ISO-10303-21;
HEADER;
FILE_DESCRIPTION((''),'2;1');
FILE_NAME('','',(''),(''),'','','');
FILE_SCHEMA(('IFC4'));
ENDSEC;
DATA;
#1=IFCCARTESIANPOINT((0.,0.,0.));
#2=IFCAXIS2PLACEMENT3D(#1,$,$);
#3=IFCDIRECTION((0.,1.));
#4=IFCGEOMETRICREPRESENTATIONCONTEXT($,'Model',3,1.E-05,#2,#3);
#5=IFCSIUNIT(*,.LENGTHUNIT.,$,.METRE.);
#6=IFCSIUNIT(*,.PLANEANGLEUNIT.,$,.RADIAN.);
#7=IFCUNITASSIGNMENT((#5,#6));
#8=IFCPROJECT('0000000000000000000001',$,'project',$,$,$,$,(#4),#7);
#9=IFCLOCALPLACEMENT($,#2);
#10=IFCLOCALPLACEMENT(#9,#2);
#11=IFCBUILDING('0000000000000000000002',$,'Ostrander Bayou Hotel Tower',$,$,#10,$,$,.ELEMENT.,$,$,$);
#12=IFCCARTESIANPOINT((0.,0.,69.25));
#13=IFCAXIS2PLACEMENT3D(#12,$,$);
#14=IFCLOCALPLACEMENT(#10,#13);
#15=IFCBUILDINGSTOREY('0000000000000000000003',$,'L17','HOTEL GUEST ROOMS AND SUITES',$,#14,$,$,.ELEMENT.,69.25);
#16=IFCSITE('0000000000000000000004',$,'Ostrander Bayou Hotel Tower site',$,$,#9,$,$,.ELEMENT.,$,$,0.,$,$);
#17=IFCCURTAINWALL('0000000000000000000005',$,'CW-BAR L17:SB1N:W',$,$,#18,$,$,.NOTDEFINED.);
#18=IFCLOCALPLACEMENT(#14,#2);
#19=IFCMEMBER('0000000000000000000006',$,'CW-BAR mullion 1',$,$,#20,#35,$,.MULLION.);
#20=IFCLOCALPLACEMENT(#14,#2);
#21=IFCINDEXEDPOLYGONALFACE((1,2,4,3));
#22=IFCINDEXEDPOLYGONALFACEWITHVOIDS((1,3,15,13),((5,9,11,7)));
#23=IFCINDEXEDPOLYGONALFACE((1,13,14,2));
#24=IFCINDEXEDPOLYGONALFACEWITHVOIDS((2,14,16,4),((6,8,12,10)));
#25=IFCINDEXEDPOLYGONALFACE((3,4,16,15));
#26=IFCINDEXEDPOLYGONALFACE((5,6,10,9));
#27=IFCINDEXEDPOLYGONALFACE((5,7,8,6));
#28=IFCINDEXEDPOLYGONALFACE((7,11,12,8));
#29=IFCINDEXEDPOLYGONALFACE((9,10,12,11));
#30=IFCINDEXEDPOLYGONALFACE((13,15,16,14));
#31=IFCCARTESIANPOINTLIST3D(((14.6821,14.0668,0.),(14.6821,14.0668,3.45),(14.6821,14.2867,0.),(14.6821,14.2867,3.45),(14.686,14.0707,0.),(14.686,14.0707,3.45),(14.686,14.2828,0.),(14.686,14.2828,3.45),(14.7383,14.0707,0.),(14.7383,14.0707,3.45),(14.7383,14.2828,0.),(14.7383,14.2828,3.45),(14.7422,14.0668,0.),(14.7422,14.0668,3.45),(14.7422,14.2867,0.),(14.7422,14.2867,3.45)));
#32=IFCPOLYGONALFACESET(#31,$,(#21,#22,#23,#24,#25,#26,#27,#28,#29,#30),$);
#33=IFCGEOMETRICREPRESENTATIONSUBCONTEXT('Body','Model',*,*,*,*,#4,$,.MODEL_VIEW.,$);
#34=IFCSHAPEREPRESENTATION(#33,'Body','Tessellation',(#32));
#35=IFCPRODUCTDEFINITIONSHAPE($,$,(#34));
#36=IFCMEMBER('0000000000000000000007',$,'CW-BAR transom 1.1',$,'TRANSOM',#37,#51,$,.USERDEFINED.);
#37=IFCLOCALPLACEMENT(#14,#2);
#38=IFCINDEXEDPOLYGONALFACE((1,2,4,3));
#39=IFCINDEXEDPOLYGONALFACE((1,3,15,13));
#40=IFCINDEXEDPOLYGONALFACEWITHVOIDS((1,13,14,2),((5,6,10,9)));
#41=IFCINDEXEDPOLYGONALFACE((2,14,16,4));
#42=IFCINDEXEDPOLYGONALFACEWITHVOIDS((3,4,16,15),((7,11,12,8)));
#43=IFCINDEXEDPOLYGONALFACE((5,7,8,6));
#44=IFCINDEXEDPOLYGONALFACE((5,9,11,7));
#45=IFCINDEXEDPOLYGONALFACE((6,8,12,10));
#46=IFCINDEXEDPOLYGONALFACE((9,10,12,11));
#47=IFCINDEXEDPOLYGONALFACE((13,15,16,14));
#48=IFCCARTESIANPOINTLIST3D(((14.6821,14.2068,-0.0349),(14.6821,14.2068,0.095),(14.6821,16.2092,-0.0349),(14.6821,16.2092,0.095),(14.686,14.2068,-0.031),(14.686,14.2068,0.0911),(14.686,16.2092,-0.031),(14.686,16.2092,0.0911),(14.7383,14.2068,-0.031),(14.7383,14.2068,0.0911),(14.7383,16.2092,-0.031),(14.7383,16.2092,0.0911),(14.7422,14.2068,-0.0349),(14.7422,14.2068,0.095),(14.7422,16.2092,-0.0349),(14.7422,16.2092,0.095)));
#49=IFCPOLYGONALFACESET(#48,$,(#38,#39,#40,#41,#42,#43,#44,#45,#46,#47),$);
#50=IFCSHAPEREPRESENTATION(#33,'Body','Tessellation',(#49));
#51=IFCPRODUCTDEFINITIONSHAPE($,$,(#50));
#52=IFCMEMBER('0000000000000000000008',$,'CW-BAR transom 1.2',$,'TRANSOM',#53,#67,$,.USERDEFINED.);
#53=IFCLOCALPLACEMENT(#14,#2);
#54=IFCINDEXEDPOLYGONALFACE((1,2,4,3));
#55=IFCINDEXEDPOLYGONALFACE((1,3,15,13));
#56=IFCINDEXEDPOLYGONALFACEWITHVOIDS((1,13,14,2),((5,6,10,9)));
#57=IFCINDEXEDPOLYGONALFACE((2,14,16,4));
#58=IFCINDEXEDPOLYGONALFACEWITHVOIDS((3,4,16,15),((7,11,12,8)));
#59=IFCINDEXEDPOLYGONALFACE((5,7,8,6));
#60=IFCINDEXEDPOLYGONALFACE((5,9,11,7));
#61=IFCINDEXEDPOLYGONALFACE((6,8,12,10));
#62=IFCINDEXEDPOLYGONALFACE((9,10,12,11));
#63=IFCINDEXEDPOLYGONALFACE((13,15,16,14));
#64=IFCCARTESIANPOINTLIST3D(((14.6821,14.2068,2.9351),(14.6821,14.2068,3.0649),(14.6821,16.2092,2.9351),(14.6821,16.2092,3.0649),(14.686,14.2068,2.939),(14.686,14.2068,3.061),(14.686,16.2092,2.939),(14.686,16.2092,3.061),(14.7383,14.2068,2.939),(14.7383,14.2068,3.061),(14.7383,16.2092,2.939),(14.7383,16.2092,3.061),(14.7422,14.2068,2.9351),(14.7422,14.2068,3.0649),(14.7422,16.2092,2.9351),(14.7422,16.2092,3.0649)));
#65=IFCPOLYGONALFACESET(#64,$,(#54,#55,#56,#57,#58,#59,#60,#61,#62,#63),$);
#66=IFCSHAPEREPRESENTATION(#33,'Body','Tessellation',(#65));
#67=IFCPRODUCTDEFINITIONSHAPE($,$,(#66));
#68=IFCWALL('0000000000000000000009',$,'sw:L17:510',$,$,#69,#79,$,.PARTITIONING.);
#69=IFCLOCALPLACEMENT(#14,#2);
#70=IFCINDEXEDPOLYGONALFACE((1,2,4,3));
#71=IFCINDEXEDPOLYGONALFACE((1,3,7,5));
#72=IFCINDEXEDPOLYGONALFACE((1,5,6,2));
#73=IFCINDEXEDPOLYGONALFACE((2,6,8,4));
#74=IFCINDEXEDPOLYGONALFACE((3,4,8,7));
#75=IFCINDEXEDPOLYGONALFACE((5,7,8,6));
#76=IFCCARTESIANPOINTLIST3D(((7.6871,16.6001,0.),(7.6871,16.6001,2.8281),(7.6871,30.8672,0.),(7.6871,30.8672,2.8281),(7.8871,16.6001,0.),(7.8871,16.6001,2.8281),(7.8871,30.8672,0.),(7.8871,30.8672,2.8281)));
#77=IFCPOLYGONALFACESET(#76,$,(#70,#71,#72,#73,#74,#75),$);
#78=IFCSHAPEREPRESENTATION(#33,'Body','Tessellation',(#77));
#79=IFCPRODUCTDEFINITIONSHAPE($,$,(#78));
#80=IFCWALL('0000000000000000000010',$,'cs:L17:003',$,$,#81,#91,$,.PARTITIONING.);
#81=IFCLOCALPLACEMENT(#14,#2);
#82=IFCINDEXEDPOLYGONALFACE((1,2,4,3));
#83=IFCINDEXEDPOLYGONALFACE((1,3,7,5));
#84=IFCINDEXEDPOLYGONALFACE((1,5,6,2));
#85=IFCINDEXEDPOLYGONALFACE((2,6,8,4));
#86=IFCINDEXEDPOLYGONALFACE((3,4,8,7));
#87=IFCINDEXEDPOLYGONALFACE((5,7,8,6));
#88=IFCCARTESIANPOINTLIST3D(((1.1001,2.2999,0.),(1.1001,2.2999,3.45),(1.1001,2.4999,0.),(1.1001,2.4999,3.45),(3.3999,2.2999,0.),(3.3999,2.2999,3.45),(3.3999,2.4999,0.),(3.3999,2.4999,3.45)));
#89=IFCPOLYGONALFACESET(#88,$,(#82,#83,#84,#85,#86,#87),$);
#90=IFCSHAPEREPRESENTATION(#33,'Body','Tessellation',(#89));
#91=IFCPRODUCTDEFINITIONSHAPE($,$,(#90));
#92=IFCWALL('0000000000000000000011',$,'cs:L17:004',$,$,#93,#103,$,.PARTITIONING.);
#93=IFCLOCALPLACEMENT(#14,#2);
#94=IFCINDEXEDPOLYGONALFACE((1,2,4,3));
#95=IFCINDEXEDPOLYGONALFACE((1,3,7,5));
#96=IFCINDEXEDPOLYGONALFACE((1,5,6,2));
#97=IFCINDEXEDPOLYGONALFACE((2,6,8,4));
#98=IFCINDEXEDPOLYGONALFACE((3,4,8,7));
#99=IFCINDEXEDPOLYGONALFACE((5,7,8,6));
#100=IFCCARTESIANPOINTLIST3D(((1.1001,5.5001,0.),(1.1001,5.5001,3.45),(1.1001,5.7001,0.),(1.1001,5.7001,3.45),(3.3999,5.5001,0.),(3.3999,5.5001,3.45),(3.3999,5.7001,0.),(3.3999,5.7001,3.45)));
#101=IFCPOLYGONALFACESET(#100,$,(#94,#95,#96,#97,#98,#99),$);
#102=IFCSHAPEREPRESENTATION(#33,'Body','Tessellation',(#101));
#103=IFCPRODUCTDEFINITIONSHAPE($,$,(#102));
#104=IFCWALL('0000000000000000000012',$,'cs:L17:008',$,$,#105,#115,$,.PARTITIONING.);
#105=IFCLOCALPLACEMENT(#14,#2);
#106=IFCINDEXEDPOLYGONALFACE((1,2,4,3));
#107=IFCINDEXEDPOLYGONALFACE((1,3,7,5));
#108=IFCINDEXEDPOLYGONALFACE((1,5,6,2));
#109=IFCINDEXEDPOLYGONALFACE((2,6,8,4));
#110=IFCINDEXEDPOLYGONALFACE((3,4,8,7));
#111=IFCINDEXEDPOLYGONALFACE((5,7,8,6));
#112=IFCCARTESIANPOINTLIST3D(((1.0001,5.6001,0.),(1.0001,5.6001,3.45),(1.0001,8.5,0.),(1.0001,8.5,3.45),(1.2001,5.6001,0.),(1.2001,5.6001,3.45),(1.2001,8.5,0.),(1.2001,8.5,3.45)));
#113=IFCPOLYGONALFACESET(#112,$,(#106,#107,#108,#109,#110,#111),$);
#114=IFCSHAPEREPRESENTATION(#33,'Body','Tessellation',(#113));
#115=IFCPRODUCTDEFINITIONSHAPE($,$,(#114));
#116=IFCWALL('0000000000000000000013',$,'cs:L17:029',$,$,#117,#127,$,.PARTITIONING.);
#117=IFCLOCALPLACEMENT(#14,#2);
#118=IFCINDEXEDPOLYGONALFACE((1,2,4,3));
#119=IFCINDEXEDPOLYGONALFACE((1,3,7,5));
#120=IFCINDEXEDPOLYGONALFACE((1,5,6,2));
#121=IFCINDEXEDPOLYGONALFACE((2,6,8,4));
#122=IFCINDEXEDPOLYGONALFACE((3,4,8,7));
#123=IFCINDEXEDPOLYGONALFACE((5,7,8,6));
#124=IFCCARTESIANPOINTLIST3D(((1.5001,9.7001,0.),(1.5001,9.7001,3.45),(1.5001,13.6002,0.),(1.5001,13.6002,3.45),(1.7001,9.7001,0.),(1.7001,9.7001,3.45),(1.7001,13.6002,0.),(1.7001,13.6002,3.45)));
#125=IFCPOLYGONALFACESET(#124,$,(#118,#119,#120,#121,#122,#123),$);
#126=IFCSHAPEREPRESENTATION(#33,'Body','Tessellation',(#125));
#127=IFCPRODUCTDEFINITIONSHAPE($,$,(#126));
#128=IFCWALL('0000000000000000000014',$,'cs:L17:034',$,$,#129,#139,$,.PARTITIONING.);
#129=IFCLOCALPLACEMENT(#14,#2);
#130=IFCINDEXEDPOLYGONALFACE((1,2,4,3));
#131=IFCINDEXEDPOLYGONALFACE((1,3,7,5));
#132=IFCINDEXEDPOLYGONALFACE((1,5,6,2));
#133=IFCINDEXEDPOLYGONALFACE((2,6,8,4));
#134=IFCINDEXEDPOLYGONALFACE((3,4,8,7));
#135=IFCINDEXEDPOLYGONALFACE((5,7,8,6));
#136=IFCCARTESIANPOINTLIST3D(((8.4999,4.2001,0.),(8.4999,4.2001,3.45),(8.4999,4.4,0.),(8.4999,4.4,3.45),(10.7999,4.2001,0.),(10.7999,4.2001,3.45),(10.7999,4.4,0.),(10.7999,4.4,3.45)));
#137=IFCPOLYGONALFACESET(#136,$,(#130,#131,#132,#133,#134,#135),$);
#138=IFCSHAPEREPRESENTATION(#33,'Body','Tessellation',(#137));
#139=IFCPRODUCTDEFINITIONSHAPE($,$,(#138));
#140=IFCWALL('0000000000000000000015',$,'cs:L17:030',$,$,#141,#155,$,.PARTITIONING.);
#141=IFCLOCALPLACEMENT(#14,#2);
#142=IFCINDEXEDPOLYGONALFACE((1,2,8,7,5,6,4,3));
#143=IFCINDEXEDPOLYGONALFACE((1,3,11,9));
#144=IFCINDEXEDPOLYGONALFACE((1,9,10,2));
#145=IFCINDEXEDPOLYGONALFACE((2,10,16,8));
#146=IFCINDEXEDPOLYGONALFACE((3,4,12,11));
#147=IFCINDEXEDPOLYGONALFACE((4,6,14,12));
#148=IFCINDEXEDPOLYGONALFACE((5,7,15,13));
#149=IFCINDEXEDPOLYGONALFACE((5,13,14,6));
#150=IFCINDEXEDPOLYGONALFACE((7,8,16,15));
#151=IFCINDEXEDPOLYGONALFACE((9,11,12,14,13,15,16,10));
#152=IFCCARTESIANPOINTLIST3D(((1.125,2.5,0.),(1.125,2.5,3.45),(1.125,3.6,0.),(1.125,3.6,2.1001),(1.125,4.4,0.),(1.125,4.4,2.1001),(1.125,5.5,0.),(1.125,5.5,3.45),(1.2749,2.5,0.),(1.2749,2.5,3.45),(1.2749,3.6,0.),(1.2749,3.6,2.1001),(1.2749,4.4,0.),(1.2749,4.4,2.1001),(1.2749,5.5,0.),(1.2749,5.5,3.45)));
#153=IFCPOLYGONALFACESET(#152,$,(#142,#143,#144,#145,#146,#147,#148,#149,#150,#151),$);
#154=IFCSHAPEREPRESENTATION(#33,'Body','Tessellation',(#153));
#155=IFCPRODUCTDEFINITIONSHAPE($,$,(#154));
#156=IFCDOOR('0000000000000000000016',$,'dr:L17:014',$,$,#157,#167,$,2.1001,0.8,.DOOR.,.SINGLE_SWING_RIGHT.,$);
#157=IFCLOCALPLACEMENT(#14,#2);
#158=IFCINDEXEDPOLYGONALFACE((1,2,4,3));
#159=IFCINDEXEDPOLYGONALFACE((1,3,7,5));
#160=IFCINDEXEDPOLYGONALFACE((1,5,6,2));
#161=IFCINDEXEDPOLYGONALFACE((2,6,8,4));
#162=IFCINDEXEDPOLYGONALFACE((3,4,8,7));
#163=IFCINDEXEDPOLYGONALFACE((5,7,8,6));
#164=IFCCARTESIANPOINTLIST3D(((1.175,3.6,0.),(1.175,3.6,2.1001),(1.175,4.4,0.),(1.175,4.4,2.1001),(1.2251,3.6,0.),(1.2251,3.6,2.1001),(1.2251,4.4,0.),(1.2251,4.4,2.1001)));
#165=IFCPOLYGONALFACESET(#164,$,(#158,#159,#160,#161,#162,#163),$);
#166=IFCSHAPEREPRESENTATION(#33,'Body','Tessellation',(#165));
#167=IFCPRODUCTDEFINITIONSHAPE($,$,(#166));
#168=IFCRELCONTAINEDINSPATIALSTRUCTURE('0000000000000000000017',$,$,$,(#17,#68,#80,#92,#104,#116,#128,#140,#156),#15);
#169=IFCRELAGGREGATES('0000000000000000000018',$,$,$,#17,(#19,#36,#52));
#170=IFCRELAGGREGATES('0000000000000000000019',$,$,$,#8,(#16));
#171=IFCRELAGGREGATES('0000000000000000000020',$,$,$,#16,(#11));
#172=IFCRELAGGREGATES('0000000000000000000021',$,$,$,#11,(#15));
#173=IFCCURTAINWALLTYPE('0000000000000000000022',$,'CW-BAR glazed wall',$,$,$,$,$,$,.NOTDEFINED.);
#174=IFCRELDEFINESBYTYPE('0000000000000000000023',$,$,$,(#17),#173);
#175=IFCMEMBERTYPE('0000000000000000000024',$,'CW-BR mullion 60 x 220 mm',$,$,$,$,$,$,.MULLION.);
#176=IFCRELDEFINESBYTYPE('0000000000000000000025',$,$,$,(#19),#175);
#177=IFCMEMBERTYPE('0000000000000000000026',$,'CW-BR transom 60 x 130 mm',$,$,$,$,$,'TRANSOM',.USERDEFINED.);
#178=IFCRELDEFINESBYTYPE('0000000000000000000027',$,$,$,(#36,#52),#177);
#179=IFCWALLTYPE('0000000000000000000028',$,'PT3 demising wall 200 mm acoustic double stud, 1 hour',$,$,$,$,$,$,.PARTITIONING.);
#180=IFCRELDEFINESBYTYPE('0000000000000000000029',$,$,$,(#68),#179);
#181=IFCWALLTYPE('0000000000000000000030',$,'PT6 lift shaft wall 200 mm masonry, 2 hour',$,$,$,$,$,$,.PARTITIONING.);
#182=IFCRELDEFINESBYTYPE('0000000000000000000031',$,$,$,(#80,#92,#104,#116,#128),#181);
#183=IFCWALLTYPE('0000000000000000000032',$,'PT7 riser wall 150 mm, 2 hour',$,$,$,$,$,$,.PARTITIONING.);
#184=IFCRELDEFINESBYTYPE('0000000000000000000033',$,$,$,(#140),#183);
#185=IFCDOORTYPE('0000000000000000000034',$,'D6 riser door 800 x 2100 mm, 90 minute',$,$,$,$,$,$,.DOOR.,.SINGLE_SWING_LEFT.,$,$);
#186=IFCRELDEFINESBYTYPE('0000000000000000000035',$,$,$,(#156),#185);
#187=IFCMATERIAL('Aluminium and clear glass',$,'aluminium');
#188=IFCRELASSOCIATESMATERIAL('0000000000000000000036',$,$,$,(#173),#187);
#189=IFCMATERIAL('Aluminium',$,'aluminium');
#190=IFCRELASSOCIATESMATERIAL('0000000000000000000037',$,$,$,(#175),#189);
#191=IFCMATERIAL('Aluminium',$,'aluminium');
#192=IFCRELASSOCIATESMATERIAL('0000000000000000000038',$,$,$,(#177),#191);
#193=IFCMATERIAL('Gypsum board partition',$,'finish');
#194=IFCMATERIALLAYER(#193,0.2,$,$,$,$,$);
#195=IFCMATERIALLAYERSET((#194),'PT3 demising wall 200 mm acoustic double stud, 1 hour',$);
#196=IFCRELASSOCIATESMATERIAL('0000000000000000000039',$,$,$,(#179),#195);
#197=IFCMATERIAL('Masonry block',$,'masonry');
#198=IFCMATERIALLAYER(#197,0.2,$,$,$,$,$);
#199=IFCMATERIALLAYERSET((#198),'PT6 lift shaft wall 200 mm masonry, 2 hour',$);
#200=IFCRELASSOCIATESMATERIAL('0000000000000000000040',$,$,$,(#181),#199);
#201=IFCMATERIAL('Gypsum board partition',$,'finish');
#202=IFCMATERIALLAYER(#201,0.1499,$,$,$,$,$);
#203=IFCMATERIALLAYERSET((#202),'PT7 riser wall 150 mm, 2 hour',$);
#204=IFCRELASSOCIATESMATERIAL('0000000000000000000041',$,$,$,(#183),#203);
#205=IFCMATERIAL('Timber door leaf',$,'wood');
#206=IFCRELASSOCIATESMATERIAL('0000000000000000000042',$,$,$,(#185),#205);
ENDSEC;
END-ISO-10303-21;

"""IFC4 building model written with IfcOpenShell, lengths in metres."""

from ifc_helpers import new_model, si_unit, direction, frame, frame_2d, origin, origin_2d, place, context, subcontext, project, spatial, rectangle, hollow_rectangle, extrude, material, layer, layer_set, material_profile, profile_set, type_object, element, fill, aggregate, save


model = new_model("IFC4")

# Units and contexts
model_context = context("Model", 3, precision=1e-05, world=origin(), true_north=direction((0.0, 1.0)))
body_context = subcontext(model_context, "Body", "Model", "MODEL_VIEW")
ifc_project = project(units=[si_unit("LENGTHUNIT", "METRE"), si_unit("PLANEANGLEUNIT", "RADIAN")], contexts=[model_context])

# Site, building, storey
site_placement = place(None, origin())
site = spatial("IfcSite", under=ifc_project, at=site_placement, Name="Ostrander Bayou Hotel Tower site", CompositionType="ELEMENT", RefElevation=0.0)
building_placement = place(site_placement, origin())
building = spatial("IfcBuilding", under=site, at=building_placement, Name="Ostrander Bayou Hotel Tower", CompositionType="ELEMENT")
storey_placement = place(building_placement, frame((0.0, 0.0, 69.25)))
storey = spatial("IfcBuildingStorey", under=building, at=storey_placement, Name="L17", Description="HOTEL GUEST ROOMS AND SUITES", CompositionType="ELEMENT", Elevation=69.25)

# Curtain wall, members
ifc_material_1 = material(Name="Aluminium and clear glass", Category="aluminium")
curtain_wall_type = type_object("IfcCurtainWallType", Name="CW-BAR glazed wall", PredefinedType="NOTDEFINED", material=ifc_material_1)
curtain_wall_placement = place(storey_placement, origin())
curtain_wall = element("IfcCurtainWall", 1, at=curtain_wall_placement, inside=storey, type_object=curtain_wall_type, Name="CW-BAR L17:SB1N:W", PredefinedType="NOTDEFINED")
ifc_material_2 = material(Name="Aluminium", Category="aluminium")
ifc_material_profile_1 = material_profile(ifc_material_2, hollow_rectangle(XDim=0.0601, YDim=0.22, WallThickness=0.0039, at=origin_2d()))
ifc_profile_set_1 = profile_set([ifc_material_profile_1], Name="Aluminium")
member_type_1 = type_object("IfcMemberType", Name="CW-BR mullion 60 x 220 mm", PredefinedType="MULLION", material=ifc_profile_set_1)
member_1_placement = place(storey_placement, frame((14.7122, 14.1768, 0.0), z_axis=(0.0, 0.0, 1.0), x_axis=(-1.0, 0.0, 0.0)))
member_1 = element("IfcMember", 2, at=member_1_placement, type_object=member_type_1, Name="CW-BAR mullion 1", PredefinedType="MULLION", context=body_context, shape_type="SweptSolid", body=[
    extrude(hollow_rectangle(XDim=0.0601, YDim=0.22, WallThickness=0.0039, at=origin_2d()), origin(), (0.0, 0.0, 1.0), 3.45),
])
ifc_material_3 = material(Name="Aluminium", Category="aluminium")
ifc_material_profile_2 = material_profile(ifc_material_3, hollow_rectangle(XDim=0.0601, YDim=0.1299, WallThickness=0.0039, at=origin_2d()))
ifc_profile_set_2 = profile_set([ifc_material_profile_2], Name="Aluminium")
member_type_2 = type_object("IfcMemberType", Name="CW-BR transom 60 x 130 mm", ElementType="TRANSOM", PredefinedType="USERDEFINED", material=ifc_profile_set_2)
member_2_placement = place(storey_placement, frame((14.7122, 14.2068, 0.03), z_axis=(0.0, 1.0, 0.0), x_axis=(-1.0, 0.0, 0.0)))
member_2 = element("IfcMember", 3, at=member_2_placement, type_object=member_type_2, Name="CW-BAR transom 1.1", ObjectType="TRANSOM", PredefinedType="USERDEFINED", context=body_context, shape_type="SweptSolid", body=[
    extrude(hollow_rectangle(XDim=0.0601, YDim=0.1299, WallThickness=0.0039, at=origin_2d()), origin(), (0.0, 0.0, 1.0), 2.0024),
])
member_3_placement = place(storey_placement, frame((14.7122, 14.2068, 3.0), z_axis=(0.0, 1.0, 0.0), x_axis=(-1.0, 0.0, 0.0)))
member_3 = element("IfcMember", 4, at=member_3_placement, type_object=member_type_2, Name="CW-BAR transom 1.2", ObjectType="TRANSOM", PredefinedType="USERDEFINED", context=body_context, shape_type="SweptSolid", body=[
    extrude(hollow_rectangle(XDim=0.0601, YDim=0.1299, WallThickness=0.0039, at=origin_2d()), origin(), (0.0, 0.0, 1.0), 2.0024),
])
aggregate(curtain_wall, [member_1, member_2, member_3])

# Wall
ifc_material_4 = material(Name="Gypsum board partition", Category="finish")
ifc_layer_1 = layer(ifc_material_4, 0.2)
ifc_layer_set_1 = layer_set([ifc_layer_1], Name="PT3 demising wall 200 mm acoustic double stud, 1 hour")
wall_type_1 = type_object("IfcWallType", Name="PT3 demising wall 200 mm acoustic double stud, 1 hour", PredefinedType="PARTITIONING", material=ifc_layer_set_1)
wall_1_placement = place(storey_placement, frame((7.7871, 16.6001, 0.0), z_axis=(0.0, 0.0, 1.0), x_axis=(0.0, 1.0, 0.0)))
element("IfcWall", 5, at=wall_1_placement, inside=storey, type_object=wall_type_1, Name="sw:L17:510", PredefinedType="PARTITIONING", context=body_context, shape_type="SweptSolid", body=[
    extrude(rectangle(XDim=14.2671, YDim=0.2, at=frame_2d((7.1335, 0.0))), origin(), (0.0, 0.0, 1.0), 2.8281),
])

# Walls
ifc_material_5 = material(Name="Masonry block", Category="masonry")
ifc_layer_2 = layer(ifc_material_5, 0.2)
ifc_layer_set_2 = layer_set([ifc_layer_2], Name="PT6 lift shaft wall 200 mm masonry, 2 hour")
wall_type_2 = type_object("IfcWallType", Name="PT6 lift shaft wall 200 mm masonry, 2 hour", PredefinedType="PARTITIONING", material=ifc_layer_set_2)
for number, where, z_axis, x_axis, name in (
    (6, (1.1001, 2.3999, 0.0), (0.0, 0.0, 1.0), (1.0, 0.0, 0.0), "cs:L17:003"),
    (7, (1.1001, 5.6001, 0.0), (0.0, 0.0, 1.0), (1.0, 0.0, 0.0), "cs:L17:004"),
):
    element("IfcWall", number, at=place(storey_placement, frame(where, z_axis=z_axis, x_axis=x_axis)), inside=storey, type_object=wall_type_2, Name=name, PredefinedType="PARTITIONING", context=body_context, shape_type="SweptSolid", body=[
        extrude(rectangle(XDim=2.2998, YDim=0.2, at=frame_2d((1.1499, 0.0))), origin(), (0.0, 0.0, 1.0), 3.45),
    ])
wall_2_placement = place(storey_placement, frame((1.1001, 5.6001, 0.0), z_axis=(0.0, 0.0, 1.0), x_axis=(0.0, 1.0, 0.0)))
element("IfcWall", 8, at=wall_2_placement, inside=storey, type_object=wall_type_2, Name="cs:L17:008", PredefinedType="PARTITIONING", context=body_context, shape_type="SweptSolid", body=[
    extrude(rectangle(XDim=2.8999, YDim=0.2, at=frame_2d((1.45, 0.0))), origin(), (0.0, 0.0, 1.0), 3.45),
])
wall_3_placement = place(storey_placement, frame((1.6001, 9.7, 0.0), z_axis=(0.0, 0.0, 1.0), x_axis=(0.0, 1.0, 0.0)))
element("IfcWall", 9, at=wall_3_placement, inside=storey, type_object=wall_type_2, Name="cs:L17:029", PredefinedType="PARTITIONING", context=body_context, shape_type="SweptSolid", body=[
    extrude(rectangle(XDim=3.9001, YDim=0.2, at=frame_2d((1.9502, 0.0))), origin(), (0.0, 0.0, 1.0), 3.45),
])
wall_4_placement = place(storey_placement, frame((8.5, 4.3, 0.0), z_axis=(0.0, 0.0, 1.0), x_axis=(1.0, 0.0, 0.0)))
element("IfcWall", 10, at=wall_4_placement, inside=storey, type_object=wall_type_2, Name="cs:L17:034", PredefinedType="PARTITIONING", context=body_context, shape_type="SweptSolid", body=[
    extrude(rectangle(XDim=2.3, YDim=0.2, at=frame_2d((1.1499, 0.0))), origin(), (0.0, 0.0, 1.0), 3.45),
])

# Wall, opening, door
ifc_material_6 = material(Name="Gypsum board partition", Category="finish")
ifc_layer_3 = layer(ifc_material_6, 0.1499)
ifc_layer_set_3 = layer_set([ifc_layer_3], Name="PT7 riser wall 150 mm, 2 hour")
wall_type_3 = type_object("IfcWallType", Name="PT7 riser wall 150 mm, 2 hour", PredefinedType="PARTITIONING", material=ifc_layer_set_3)
wall_5_placement = place(storey_placement, frame((1.2, 2.5, 0.0), z_axis=(0.0, 0.0, 1.0), x_axis=(0.0, 1.0, 0.0)))
wall_5 = element("IfcWall", 11, at=wall_5_placement, inside=storey, type_object=wall_type_3, Name="cs:L17:030", PredefinedType="PARTITIONING", context=body_context, shape_type="SweptSolid", body=[
    extrude(rectangle(XDim=3.0, YDim=0.1499, at=frame_2d((1.5, 0.0))), origin(), (0.0, 0.0, 1.0), 3.45),
])
opening_1_placement = place(wall_5_placement, frame((1.1001, 0.0, 0.0)))
opening_1 = element("IfcOpeningElement", 12, at=opening_1_placement, cuts=wall_5, PredefinedType="OPENING", context=body_context, shape_type="SweptSolid", body=[
    extrude(rectangle(XDim=0.8, YDim=2.1001, at=frame_2d((0.3999, 1.05))), frame((0.0, 0.075, 0.0), z_axis=(0.0, -1.0, 0.0), x_axis=(1.0, 0.0, 0.0)), (0.0, 0.0, 1.0), 0.1499),
])
ifc_material_7 = material(Name="Timber door leaf", Category="wood")
door_type_1 = type_object("IfcDoorType", Name="D6 riser door 800 x 2100 mm, 90 minute", OperationType="SINGLE_SWING_LEFT", PredefinedType="DOOR", material=ifc_material_7)
door_1_placement = place(opening_1_placement, origin())
door_1 = element("IfcDoor", 13, at=door_1_placement, inside=storey, type_object=door_type_1, Name="dr:L17:014", OperationType="SINGLE_SWING_RIGHT", OverallHeight=2.1001, OverallWidth=0.8, PredefinedType="DOOR", context=body_context, shape_type="SweptSolid", body=[
    extrude(rectangle(XDim=0.8, YDim=2.1001, at=frame_2d((0.3999, 1.05))), frame((0.0, 0.0249, 0.0), z_axis=(0.0, -1.0, 0.0), x_axis=(1.0, 0.0, 0.0)), (0.0, 0.0, 1.0), 0.05),
])
fill(opening_1, door_1)

save(model, "model.ifc")
